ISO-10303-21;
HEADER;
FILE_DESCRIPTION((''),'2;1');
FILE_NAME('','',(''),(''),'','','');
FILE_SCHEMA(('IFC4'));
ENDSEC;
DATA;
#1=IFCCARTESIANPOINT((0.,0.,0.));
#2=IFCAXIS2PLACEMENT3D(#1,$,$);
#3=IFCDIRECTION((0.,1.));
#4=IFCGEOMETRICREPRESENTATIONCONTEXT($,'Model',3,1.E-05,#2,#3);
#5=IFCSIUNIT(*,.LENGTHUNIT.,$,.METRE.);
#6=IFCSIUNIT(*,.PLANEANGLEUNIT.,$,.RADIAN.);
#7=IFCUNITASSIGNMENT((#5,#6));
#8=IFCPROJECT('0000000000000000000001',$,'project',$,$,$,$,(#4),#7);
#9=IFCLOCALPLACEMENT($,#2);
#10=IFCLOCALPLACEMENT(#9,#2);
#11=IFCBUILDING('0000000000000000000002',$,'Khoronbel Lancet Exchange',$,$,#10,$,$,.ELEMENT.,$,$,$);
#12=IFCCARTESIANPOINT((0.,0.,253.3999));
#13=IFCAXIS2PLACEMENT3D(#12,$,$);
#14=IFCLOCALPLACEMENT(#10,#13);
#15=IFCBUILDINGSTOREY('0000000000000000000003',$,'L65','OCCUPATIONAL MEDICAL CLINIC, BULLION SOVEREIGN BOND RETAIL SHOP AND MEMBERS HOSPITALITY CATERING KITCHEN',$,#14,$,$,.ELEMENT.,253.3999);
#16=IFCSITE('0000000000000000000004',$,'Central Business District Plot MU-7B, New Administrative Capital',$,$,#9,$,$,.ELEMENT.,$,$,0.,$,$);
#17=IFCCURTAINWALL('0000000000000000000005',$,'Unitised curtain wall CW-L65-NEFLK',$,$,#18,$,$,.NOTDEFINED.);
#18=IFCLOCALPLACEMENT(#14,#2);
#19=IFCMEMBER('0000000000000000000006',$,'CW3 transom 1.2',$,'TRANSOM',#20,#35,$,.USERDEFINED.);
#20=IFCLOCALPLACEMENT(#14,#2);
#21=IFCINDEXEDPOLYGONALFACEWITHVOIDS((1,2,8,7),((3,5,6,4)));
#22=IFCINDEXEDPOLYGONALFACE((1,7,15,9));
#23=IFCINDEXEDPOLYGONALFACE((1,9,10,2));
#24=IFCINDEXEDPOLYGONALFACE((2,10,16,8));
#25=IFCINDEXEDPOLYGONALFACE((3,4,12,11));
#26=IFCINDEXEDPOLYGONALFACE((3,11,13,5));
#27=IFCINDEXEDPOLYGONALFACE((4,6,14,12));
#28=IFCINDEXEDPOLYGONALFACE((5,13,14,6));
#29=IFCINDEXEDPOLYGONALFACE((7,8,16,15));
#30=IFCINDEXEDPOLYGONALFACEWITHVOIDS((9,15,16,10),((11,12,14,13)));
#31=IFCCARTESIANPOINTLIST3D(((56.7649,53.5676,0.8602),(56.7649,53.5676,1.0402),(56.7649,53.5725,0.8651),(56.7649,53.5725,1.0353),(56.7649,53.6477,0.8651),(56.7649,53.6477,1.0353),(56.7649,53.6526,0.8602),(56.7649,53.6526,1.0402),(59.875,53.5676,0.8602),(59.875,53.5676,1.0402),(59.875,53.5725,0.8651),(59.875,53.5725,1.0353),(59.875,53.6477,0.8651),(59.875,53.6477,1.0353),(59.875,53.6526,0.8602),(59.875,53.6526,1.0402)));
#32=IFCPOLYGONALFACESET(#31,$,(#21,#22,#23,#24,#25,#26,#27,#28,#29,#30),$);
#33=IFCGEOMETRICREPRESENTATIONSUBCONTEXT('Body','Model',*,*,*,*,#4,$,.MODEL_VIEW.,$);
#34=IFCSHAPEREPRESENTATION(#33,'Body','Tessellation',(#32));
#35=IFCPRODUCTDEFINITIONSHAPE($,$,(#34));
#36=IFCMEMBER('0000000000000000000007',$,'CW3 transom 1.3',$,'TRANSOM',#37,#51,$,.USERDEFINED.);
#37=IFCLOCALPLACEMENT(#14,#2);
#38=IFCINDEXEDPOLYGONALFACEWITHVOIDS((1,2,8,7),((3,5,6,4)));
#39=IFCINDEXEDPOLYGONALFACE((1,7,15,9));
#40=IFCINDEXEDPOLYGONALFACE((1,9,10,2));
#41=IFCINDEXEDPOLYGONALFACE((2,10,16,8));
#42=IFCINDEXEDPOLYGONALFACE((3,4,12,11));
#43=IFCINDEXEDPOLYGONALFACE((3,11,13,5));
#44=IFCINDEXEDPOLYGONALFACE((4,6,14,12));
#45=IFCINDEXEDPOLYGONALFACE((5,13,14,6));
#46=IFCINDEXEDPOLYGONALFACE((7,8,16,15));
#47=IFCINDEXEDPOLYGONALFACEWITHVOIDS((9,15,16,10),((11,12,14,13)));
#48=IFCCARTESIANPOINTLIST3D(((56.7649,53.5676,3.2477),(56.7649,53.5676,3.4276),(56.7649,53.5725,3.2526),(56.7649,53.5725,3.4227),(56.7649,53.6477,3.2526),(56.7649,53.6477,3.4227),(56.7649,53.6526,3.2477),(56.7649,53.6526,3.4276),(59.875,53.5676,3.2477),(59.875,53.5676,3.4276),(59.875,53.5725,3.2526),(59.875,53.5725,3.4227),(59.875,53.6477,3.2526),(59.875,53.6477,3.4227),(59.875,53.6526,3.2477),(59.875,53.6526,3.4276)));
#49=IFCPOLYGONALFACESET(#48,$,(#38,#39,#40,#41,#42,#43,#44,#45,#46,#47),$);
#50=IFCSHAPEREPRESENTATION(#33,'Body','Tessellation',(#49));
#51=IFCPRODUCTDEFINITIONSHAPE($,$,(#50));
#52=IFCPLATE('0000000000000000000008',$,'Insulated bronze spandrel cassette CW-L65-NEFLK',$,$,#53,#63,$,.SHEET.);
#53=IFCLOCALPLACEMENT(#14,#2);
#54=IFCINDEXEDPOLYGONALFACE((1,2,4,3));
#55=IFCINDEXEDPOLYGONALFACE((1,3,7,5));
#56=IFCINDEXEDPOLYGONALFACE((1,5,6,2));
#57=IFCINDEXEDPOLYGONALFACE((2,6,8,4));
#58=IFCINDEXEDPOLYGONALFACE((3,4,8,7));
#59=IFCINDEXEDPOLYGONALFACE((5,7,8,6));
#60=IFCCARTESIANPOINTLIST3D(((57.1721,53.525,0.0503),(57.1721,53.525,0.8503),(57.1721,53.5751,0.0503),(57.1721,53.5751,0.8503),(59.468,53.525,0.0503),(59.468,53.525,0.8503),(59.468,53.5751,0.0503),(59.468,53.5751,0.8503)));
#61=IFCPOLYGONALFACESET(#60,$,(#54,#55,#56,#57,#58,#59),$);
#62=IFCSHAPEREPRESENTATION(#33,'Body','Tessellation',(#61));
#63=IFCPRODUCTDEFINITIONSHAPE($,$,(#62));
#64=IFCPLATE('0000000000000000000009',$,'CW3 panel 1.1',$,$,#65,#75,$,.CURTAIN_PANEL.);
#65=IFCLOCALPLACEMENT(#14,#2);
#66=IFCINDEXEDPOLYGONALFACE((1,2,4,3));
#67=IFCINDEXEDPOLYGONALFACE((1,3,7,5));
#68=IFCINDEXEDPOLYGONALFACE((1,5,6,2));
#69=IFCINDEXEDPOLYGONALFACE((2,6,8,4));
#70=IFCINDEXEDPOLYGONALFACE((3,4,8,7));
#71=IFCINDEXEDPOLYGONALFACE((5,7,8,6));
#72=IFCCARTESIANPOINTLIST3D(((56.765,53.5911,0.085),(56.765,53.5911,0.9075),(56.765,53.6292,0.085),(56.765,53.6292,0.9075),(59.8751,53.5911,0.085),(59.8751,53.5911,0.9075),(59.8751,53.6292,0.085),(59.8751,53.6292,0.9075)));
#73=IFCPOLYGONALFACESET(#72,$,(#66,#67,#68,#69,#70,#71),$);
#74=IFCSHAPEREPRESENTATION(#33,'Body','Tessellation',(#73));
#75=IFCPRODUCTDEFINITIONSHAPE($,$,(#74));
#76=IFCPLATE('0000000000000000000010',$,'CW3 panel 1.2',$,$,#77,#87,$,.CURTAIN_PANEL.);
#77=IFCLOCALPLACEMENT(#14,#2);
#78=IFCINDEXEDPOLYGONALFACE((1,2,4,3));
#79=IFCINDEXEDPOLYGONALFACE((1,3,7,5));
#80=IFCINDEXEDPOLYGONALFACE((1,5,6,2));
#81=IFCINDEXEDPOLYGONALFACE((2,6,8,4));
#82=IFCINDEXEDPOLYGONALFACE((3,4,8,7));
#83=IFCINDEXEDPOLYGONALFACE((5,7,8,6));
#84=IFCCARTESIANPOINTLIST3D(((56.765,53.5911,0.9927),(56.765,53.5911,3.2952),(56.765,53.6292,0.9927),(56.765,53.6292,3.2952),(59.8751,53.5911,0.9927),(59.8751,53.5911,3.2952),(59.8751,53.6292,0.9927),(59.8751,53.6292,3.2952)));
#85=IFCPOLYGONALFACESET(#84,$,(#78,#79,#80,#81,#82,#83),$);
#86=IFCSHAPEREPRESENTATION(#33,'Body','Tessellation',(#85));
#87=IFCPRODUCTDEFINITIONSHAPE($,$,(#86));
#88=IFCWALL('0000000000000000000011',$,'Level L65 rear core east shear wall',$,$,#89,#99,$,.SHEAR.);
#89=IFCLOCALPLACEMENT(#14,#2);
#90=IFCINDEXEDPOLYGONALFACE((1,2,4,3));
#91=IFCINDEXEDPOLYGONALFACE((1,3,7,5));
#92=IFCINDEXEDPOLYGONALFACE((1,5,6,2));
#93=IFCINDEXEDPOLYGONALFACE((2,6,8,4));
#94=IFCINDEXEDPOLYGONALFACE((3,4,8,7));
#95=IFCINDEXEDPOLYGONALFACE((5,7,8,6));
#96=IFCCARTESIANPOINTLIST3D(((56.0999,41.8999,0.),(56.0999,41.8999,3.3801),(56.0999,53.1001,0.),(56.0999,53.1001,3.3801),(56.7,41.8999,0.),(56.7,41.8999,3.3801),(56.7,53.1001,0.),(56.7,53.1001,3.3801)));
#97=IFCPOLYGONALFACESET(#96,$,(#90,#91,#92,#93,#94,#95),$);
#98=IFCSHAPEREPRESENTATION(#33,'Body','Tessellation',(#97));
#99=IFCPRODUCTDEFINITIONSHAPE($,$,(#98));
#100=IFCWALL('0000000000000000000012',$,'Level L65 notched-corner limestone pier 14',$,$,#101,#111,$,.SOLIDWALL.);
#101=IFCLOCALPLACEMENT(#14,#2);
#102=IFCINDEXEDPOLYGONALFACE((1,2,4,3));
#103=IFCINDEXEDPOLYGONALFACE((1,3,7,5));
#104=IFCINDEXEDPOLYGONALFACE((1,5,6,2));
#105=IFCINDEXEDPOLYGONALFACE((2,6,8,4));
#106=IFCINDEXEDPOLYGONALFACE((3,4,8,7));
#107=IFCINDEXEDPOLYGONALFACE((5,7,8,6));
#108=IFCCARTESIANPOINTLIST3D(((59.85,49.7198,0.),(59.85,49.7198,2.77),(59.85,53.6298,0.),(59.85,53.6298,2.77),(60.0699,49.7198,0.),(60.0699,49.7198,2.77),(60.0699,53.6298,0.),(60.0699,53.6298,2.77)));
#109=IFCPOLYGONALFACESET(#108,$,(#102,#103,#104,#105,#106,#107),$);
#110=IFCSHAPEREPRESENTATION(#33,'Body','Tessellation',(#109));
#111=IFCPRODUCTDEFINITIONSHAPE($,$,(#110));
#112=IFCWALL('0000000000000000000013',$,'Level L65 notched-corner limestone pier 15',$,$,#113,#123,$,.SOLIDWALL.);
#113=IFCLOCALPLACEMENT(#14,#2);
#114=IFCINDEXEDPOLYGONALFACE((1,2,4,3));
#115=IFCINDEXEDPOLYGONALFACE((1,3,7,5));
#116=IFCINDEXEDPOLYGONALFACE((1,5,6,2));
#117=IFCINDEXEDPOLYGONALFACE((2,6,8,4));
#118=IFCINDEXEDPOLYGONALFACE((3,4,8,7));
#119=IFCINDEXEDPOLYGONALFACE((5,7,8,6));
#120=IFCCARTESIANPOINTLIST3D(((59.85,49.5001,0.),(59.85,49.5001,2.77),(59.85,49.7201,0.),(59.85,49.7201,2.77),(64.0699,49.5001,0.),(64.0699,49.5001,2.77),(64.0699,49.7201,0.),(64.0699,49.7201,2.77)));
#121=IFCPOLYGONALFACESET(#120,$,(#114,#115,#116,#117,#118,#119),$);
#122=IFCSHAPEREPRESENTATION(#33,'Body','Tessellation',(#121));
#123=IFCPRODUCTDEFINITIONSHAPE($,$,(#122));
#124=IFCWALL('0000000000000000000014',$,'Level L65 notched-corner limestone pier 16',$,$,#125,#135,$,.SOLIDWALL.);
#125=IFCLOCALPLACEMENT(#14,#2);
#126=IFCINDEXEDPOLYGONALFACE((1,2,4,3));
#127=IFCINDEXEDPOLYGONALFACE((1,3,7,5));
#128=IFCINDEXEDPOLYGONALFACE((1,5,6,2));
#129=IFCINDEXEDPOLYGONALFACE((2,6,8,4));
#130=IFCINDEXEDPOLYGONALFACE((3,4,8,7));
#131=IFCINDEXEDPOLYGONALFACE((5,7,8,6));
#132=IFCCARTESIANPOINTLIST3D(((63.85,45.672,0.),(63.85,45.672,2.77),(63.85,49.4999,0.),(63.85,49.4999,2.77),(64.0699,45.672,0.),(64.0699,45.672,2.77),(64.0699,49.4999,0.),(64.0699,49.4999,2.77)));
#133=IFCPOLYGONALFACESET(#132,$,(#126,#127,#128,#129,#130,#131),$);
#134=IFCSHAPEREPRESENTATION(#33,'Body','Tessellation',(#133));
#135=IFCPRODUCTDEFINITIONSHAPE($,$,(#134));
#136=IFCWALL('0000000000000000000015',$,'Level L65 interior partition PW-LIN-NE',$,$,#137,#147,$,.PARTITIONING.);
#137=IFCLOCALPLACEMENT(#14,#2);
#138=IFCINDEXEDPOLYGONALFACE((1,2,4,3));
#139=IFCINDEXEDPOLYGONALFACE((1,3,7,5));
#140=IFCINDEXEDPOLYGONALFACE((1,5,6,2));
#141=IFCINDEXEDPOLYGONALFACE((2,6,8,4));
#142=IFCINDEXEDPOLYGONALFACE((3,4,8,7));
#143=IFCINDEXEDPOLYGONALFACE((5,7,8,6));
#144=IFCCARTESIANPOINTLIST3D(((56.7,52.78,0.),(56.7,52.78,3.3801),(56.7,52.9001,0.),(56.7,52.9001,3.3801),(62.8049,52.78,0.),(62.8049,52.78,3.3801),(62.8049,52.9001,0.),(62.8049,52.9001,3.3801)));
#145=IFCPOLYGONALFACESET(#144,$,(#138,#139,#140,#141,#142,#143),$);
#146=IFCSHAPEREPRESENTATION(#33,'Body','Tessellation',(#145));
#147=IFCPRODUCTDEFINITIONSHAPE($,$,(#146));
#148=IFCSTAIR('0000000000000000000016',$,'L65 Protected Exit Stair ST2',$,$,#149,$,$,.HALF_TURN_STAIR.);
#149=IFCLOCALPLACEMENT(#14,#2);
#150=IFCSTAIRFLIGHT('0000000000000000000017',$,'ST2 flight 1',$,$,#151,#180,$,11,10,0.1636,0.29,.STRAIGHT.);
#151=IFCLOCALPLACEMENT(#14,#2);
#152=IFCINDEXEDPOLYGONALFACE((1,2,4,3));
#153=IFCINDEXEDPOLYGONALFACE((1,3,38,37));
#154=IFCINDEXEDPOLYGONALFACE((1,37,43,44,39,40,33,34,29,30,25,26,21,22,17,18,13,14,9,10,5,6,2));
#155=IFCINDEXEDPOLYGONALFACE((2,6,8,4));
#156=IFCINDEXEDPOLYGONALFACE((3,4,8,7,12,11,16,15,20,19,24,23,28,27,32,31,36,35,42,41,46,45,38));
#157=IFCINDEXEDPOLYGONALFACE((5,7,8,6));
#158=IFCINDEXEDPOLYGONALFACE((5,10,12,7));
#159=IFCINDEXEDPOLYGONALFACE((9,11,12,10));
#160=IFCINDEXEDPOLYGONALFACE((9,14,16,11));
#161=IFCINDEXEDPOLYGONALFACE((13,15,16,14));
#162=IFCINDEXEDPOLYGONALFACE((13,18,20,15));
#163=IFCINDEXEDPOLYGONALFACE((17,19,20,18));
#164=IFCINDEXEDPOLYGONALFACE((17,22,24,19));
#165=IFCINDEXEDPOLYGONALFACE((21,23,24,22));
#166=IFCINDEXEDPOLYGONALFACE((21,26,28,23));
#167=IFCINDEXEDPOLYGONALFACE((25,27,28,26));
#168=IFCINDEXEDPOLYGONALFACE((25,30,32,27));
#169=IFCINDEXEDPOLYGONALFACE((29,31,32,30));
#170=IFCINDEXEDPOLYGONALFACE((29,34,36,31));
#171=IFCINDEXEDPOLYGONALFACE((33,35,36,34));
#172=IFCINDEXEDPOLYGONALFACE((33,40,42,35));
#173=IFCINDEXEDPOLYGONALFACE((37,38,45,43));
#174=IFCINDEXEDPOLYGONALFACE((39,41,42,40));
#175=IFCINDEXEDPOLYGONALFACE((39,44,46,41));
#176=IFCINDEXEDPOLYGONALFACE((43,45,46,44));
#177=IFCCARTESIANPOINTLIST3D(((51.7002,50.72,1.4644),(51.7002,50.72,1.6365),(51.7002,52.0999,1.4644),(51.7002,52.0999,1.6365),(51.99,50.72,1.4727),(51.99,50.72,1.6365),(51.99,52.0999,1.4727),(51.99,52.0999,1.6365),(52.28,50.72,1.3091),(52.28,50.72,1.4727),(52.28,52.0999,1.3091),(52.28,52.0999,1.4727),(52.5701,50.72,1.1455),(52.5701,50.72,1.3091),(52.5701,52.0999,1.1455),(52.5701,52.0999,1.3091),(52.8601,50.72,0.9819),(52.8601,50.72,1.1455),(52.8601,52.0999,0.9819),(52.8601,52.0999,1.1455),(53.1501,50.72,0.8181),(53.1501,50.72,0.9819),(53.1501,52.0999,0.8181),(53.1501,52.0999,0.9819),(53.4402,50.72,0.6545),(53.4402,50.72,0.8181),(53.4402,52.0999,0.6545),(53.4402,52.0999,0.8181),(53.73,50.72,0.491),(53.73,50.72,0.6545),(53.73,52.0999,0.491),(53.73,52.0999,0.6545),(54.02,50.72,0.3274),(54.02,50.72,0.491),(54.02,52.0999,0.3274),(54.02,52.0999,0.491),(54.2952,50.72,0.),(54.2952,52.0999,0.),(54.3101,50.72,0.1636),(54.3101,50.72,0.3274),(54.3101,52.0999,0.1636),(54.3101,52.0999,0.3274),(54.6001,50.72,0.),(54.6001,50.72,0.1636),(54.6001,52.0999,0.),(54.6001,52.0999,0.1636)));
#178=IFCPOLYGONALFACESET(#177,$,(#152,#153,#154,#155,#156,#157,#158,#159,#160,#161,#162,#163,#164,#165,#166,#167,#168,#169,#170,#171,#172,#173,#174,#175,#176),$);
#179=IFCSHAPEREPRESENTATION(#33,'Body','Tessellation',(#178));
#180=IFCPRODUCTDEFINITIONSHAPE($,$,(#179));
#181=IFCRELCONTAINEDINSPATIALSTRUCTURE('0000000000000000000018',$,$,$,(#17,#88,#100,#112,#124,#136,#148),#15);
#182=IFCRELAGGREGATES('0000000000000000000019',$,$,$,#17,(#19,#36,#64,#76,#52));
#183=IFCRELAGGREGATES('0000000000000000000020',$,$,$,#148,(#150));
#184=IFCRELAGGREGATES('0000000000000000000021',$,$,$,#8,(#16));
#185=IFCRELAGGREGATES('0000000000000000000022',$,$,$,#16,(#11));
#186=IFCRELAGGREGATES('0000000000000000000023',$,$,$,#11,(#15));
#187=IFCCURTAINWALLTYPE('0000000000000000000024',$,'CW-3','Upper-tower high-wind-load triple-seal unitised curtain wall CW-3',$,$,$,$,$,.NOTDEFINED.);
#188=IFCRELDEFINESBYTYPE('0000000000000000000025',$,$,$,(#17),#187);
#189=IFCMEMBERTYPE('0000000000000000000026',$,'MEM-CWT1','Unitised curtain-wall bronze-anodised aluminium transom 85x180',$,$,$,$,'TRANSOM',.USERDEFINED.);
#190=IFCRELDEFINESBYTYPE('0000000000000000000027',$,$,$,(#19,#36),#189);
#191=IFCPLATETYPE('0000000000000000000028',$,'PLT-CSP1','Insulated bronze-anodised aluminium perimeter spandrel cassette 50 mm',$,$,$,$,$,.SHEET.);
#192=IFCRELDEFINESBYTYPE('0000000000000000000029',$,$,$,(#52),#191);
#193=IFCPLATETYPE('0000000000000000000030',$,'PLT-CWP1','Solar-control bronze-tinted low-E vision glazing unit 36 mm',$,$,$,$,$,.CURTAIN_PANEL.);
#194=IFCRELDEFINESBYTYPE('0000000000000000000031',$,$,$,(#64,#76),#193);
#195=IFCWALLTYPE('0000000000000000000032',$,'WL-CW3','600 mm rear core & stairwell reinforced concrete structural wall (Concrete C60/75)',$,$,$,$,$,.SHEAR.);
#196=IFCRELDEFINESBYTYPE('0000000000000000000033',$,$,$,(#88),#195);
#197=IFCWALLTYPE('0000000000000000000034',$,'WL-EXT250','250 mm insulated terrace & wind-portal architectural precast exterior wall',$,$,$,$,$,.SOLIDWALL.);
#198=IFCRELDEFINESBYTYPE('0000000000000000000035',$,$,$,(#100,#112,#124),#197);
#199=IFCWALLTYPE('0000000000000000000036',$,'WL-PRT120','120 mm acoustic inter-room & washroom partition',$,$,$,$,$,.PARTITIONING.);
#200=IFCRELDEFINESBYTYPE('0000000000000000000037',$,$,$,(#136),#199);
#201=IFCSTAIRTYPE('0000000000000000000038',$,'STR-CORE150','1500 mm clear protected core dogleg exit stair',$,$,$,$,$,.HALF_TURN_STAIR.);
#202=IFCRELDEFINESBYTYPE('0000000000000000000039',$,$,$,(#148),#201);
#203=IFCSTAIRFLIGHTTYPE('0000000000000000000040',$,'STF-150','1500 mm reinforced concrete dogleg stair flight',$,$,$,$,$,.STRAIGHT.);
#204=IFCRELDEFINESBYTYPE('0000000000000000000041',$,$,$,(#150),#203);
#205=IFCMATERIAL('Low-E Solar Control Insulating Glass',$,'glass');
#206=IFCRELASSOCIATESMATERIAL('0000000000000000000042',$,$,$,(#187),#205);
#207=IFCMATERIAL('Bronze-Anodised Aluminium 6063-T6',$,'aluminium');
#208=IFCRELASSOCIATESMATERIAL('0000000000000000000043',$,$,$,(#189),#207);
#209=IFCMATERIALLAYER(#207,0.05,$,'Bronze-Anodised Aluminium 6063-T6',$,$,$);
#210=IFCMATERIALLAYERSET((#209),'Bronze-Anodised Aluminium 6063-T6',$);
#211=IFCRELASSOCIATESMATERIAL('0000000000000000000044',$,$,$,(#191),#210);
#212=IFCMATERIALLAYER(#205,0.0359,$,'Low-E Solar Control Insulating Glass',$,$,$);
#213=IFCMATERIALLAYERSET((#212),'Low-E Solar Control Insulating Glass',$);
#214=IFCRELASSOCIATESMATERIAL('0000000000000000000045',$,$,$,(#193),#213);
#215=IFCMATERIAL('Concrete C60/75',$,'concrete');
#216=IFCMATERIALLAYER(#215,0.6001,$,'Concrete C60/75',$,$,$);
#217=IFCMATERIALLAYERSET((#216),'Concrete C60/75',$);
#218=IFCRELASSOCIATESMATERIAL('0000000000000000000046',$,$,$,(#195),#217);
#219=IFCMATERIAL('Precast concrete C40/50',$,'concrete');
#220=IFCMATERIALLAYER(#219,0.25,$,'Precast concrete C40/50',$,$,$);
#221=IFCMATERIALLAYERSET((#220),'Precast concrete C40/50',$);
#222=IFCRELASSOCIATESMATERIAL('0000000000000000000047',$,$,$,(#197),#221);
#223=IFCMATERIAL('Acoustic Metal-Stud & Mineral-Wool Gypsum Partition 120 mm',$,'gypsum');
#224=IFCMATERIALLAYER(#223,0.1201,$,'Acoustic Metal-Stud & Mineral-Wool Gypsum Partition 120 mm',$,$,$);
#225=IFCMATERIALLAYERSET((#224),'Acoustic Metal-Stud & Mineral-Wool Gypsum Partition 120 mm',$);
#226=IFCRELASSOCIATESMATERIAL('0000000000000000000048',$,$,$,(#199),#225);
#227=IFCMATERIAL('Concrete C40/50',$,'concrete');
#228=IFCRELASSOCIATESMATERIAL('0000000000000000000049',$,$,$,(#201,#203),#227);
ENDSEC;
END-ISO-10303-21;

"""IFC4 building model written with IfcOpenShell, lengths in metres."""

from ifc_helpers import new_model, si_unit, direction, frame, frame_2d, origin, origin_2d, place, context, subcontext, project, spatial, polyline, rectangle, hollow_rectangle, outline, extrude, material, layer, layer_set, material_profile, profile_set, type_object, element, aggregate, save


model = new_model("IFC4")

# Units and contexts
model_context = context("Model", 3, precision=1e-05, world=origin(), true_north=direction((0.0, 1.0)))
body_context = subcontext(model_context, "Body", "Model", "MODEL_VIEW")
ifc_project = project(units=[si_unit("LENGTHUNIT", "METRE"), si_unit("PLANEANGLEUNIT", "RADIAN")], contexts=[model_context])

# Site, building, storey
site_placement = place(None, origin())
site = spatial("IfcSite", under=ifc_project, at=site_placement, Name="Central Business District Plot MU-7B, New Administrative Capital", CompositionType="ELEMENT", RefElevation=0.0)
building_placement = place(site_placement, origin())
building = spatial("IfcBuilding", under=site, at=building_placement, Name="Khoronbel Lancet Exchange", CompositionType="ELEMENT")
storey_placement = place(building_placement, frame((0.0, 0.0, 253.3999)))
storey = spatial("IfcBuildingStorey", under=building, at=storey_placement, Name="L65", Description="OCCUPATIONAL MEDICAL CLINIC, BULLION SOVEREIGN BOND RETAIL SHOP AND MEMBERS HOSPITALITY CATERING KITCHEN", CompositionType="ELEMENT", Elevation=253.3999)

# Curtain wall
ifc_material_1 = material(Name="Low-E Solar Control Insulating Glass", Category="glass")
curtain_wall_type_1 = type_object("IfcCurtainWallType", Name="CW-3", Description="Upper-tower high-wind-load triple-seal unitised curtain wall CW-3", PredefinedType="NOTDEFINED", material=ifc_material_1)
curtain_wall_1_placement = place(storey_placement, origin())
curtain_wall_1 = element("IfcCurtainWall", 1, at=curtain_wall_1_placement, inside=storey, type_object=curtain_wall_type_1, Name="Unitised curtain wall CW-L65-NEFLK", PredefinedType="NOTDEFINED")
ifc_material_2 = material(Name="Bronze-Anodised Aluminium 6063-T6", Category="aluminium")

# Members
ifc_material_profile_1 = material_profile(ifc_material_2, hollow_rectangle(XDim=0.085, YDim=0.1799, WallThickness=0.0049, at=origin_2d()), Name="ALU TRANSOM 85x180")
ifc_profile_set_1 = profile_set([ifc_material_profile_1], Name="Bronze-Anodised Aluminium 6063-T6")
member_type_1 = type_object("IfcMemberType", Name="MEM-CWT1", Description="Unitised curtain-wall bronze-anodised aluminium transom 85x180", ElementType="TRANSOM", PredefinedType="USERDEFINED", material=ifc_profile_set_1)
member_1_placement = place(storey_placement, frame((59.875, 53.6101, 0.9502), z_axis=(-1.0, 0.0, 0.0), x_axis=(0.0, -1.0, 0.0)))
member_1 = element("IfcMember", 2, at=member_1_placement, type_object=member_type_1, Name="CW3 transom 1.2", ObjectType="TRANSOM", PredefinedType="USERDEFINED", context=body_context, shape_type="SweptSolid", body=[
    extrude(hollow_rectangle(XDim=0.085, YDim=0.1799, WallThickness=0.0049, at=origin_2d()), origin(), (0.0, 0.0, 1.0), 3.1101),
])
member_2_placement = place(storey_placement, frame((59.875, 53.6101, 3.3376), z_axis=(-1.0, 0.0, 0.0), x_axis=(0.0, -1.0, 0.0)))
member_2 = element("IfcMember", 3, at=member_2_placement, type_object=member_type_1, Name="CW3 transom 1.3", ObjectType="TRANSOM", PredefinedType="USERDEFINED", context=body_context, shape_type="SweptSolid", body=[
    extrude(hollow_rectangle(XDim=0.085, YDim=0.1799, WallThickness=0.0049, at=origin_2d()), origin(), (0.0, 0.0, 1.0), 3.1101),
])

# Plates
ifc_layer_1 = layer(ifc_material_2, 0.05, Name="Bronze-Anodised Aluminium 6063-T6")
ifc_layer_set_1 = layer_set([ifc_layer_1], Name="Bronze-Anodised Aluminium 6063-T6")
plate_type_1 = type_object("IfcPlateType", Name="PLT-CSP1", Description="Insulated bronze-anodised aluminium perimeter spandrel cassette 50 mm", PredefinedType="SHEET", material=ifc_layer_set_1)
plate_1_placement = place(storey_placement, frame((58.3201, 53.55, 0.0503), z_axis=(0.0, 0.0, 1.0), x_axis=(-1.0, 0.0, 0.0)))
plate_1 = element("IfcPlate", 4, at=plate_1_placement, type_object=plate_type_1, Name="Insulated bronze spandrel cassette CW-L65-NEFLK", PredefinedType="SHEET", context=body_context, shape_type="SweptSolid", body=[
    extrude(rectangle(XDim=2.2959, YDim=0.05, at=origin_2d()), origin(), (0.0, 0.0, 1.0), 0.8),
])
ifc_layer_2 = layer(ifc_material_1, 0.0359, Name="Low-E Solar Control Insulating Glass")
ifc_layer_set_2 = layer_set([ifc_layer_2], Name="Low-E Solar Control Insulating Glass")
plate_type_2 = type_object("IfcPlateType", Name="PLT-CWP1", Description="Solar-control bronze-tinted low-E vision glazing unit 36 mm", PredefinedType="CURTAIN_PANEL", material=ifc_layer_set_2)
plate_2_placement = place(storey_placement, frame((58.3201, 53.6101, 0.085), z_axis=(0.0, 0.0, 1.0), x_axis=(-1.0, 0.0, 0.0)))
plate_2 = element("IfcPlate", 5, at=plate_2_placement, type_object=plate_type_2, Name="CW3 panel 1.1", PredefinedType="CURTAIN_PANEL", context=body_context, shape_type="SweptSolid", body=[
    extrude(rectangle(XDim=3.1101, YDim=0.0381, at=origin_2d()), origin(), (0.0, 0.0, 1.0), 0.8225),
])
plate_3_placement = place(storey_placement, frame((58.3201, 53.6101, 0.9927), z_axis=(0.0, 0.0, 1.0), x_axis=(-1.0, 0.0, 0.0)))
plate_3 = element("IfcPlate", 6, at=plate_3_placement, type_object=plate_type_2, Name="CW3 panel 1.2", PredefinedType="CURTAIN_PANEL", context=body_context, shape_type="SweptSolid", body=[
    extrude(rectangle(XDim=3.1101, YDim=0.0381, at=origin_2d()), origin(), (0.0, 0.0, 1.0), 2.3025),
])
aggregate(curtain_wall_1, [member_1, member_2, plate_2, plate_3, plate_1])

# Walls
ifc_material_3 = material(Name="Concrete C60/75", Category="concrete")
ifc_layer_3 = layer(ifc_material_3, 0.6001, Name="Concrete C60/75")
ifc_layer_set_3 = layer_set([ifc_layer_3], Name="Concrete C60/75")
wall_type_1 = type_object("IfcWallType", Name="WL-CW3", Description="600 mm rear core & stairwell reinforced concrete structural wall (Concrete C60/75)", PredefinedType="SHEAR", material=ifc_layer_set_3)
wall_1_placement = place(storey_placement, frame((56.3999, 53.1001, 0.0), z_axis=(0.0, 0.0, 1.0), x_axis=(0.0, -1.0, 0.0)))
element("IfcWall", 7, at=wall_1_placement, inside=storey, type_object=wall_type_1, Name="Level L65 rear core east shear wall", PredefinedType="SHEAR", context=body_context, shape_type="SweptSolid", body=[
    extrude(rectangle(XDim=11.2002, YDim=0.6001, at=frame_2d((5.6001, 0.0))), origin(), (0.0, 0.0, 1.0), 3.3801),
])
ifc_material_4 = material(Name="Precast concrete C40/50", Category="concrete")
ifc_layer_4 = layer(ifc_material_4, 0.25, Name="Precast concrete C40/50")
ifc_layer_set_4 = layer_set([ifc_layer_4], Name="Precast concrete C40/50")
wall_type_2 = type_object("IfcWallType", Name="WL-EXT250", Description="250 mm insulated terrace & wind-portal architectural precast exterior wall", PredefinedType="SOLIDWALL", material=ifc_layer_set_4)
wall_2_placement = place(storey_placement, frame((59.96, 53.6299, 0.0), z_axis=(0.0, 0.0, 1.0), x_axis=(0.0, -1.0, 0.0)))
element("IfcWall", 8, at=wall_2_placement, inside=storey, type_object=wall_type_2, Name="Level L65 notched-corner limestone pier 14", PredefinedType="SOLIDWALL", context=body_context, shape_type="SweptSolid", body=[
    extrude(rectangle(XDim=3.9099, YDim=0.22, at=frame_2d((1.9551, 0.0))), origin(), (0.0, 0.0, 1.0), 2.77),
])
wall_3_placement = place(storey_placement, frame((59.8501, 49.6101, 0.0), z_axis=(0.0, 0.0, 1.0), x_axis=(1.0, 0.0, 0.0)))
element("IfcWall", 9, at=wall_3_placement, inside=storey, type_object=wall_type_2, Name="Level L65 notched-corner limestone pier 15", PredefinedType="SOLIDWALL", context=body_context, shape_type="SweptSolid", body=[
    extrude(rectangle(XDim=4.22, YDim=0.22, at=frame_2d((2.1099, 0.0))), origin(), (0.0, 0.0, 1.0), 2.77),
])
wall_4_placement = place(storey_placement, frame((63.96, 49.5, 0.0), z_axis=(0.0, 0.0, 1.0), x_axis=(0.0, -1.0, 0.0)))
element("IfcWall", 10, at=wall_4_placement, inside=storey, type_object=wall_type_2, Name="Level L65 notched-corner limestone pier 16", PredefinedType="SOLIDWALL", context=body_context, shape_type="SweptSolid", body=[
    extrude(rectangle(XDim=3.8279, YDim=0.22, at=frame_2d((1.9141, 0.0))), origin(), (0.0, 0.0, 1.0), 2.77),
])
ifc_material_5 = material(Name="Acoustic Metal-Stud & Mineral-Wool Gypsum Partition 120 mm", Category="gypsum")
ifc_layer_5 = layer(ifc_material_5, 0.1201, Name="Acoustic Metal-Stud & Mineral-Wool Gypsum Partition 120 mm")
ifc_layer_set_5 = layer_set([ifc_layer_5], Name="Acoustic Metal-Stud & Mineral-Wool Gypsum Partition 120 mm")
wall_type_3 = type_object("IfcWallType", Name="WL-PRT120", Description="120 mm acoustic inter-room & washroom partition", PredefinedType="PARTITIONING", material=ifc_layer_set_5)
wall_5_placement = place(storey_placement, frame((56.7, 52.8401, 0.0), z_axis=(0.0, 0.0, 1.0), x_axis=(1.0, 0.0, 0.0)))
element("IfcWall", 11, at=wall_5_placement, inside=storey, type_object=wall_type_3, Name="Level L65 interior partition PW-LIN-NE", PredefinedType="PARTITIONING", context=body_context, shape_type="SweptSolid", body=[
    extrude(rectangle(XDim=6.105, YDim=0.1201, at=frame_2d((3.0525, 0.0))), origin(), (0.0, 0.0, 1.0), 3.3801),
])

# Stair, stair flight
ifc_material_6 = material(Name="Concrete C40/50", Category="concrete")
stair_type = type_object("IfcStairType", Name="STR-CORE150", Description="1500 mm clear protected core dogleg exit stair", PredefinedType="HALF_TURN_STAIR", material=ifc_material_6)
stair_placement = place(storey_placement, origin())
stair = element("IfcStair", 12, at=stair_placement, inside=storey, type_object=stair_type, Name="L65 Protected Exit Stair ST2", PredefinedType="HALF_TURN_STAIR")
stair_flight_type = type_object("IfcStairFlightType", Name="STF-150", Description="1500 mm reinforced concrete dogleg stair flight", PredefinedType="STRAIGHT", material=ifc_material_6)
stair_flight_placement = place(storey_placement, frame((54.6001, 51.4099, 0.0), z_axis=(0.0, 0.0, 1.0), x_axis=(-1.0, 0.0, 0.0)))
stair_flight = element("IfcStairFlight", 13, at=stair_flight_placement, type_object=stair_flight_type, Name="ST2 flight 1", NumberOfRisers=11, NumberOfTreads=10, PredefinedType="STRAIGHT", RiserHeight=0.1636, TreadLength=0.29, context=body_context, shape_type="SweptSolid", body=[
    extrude(outline(polyline([(0.0, 0.0), (0.0, 0.1636), (0.29, 0.1636), (0.29, 0.3274), (0.5801, 0.3274), (0.5801, 0.491), (0.8701, 0.491), (0.8701, 0.6545), (1.1599, 0.6545), (1.1599, 0.8181), (1.45, 0.8181), (1.45, 0.9819), (1.74, 0.9819), (1.74, 1.1455), (2.03, 1.1455), (2.03, 1.3091), (2.3201, 1.3091), (2.3201, 1.4727), (2.6101, 1.4727), (2.6101, 1.6365), (2.8999, 1.6365), (2.8999, 1.8), (2.8999, 1.4644), (0.3049, 0.0), (0.0, 0.0)])), frame((0.0, 0.6899, 0.0), z_axis=(0.0, -1.0, 0.0), x_axis=(1.0, 0.0, 0.0)), (0.0, 0.0, 1.0), 1.3799),
])
aggregate(stair, [stair_flight])

save(model, "model.ifc")
